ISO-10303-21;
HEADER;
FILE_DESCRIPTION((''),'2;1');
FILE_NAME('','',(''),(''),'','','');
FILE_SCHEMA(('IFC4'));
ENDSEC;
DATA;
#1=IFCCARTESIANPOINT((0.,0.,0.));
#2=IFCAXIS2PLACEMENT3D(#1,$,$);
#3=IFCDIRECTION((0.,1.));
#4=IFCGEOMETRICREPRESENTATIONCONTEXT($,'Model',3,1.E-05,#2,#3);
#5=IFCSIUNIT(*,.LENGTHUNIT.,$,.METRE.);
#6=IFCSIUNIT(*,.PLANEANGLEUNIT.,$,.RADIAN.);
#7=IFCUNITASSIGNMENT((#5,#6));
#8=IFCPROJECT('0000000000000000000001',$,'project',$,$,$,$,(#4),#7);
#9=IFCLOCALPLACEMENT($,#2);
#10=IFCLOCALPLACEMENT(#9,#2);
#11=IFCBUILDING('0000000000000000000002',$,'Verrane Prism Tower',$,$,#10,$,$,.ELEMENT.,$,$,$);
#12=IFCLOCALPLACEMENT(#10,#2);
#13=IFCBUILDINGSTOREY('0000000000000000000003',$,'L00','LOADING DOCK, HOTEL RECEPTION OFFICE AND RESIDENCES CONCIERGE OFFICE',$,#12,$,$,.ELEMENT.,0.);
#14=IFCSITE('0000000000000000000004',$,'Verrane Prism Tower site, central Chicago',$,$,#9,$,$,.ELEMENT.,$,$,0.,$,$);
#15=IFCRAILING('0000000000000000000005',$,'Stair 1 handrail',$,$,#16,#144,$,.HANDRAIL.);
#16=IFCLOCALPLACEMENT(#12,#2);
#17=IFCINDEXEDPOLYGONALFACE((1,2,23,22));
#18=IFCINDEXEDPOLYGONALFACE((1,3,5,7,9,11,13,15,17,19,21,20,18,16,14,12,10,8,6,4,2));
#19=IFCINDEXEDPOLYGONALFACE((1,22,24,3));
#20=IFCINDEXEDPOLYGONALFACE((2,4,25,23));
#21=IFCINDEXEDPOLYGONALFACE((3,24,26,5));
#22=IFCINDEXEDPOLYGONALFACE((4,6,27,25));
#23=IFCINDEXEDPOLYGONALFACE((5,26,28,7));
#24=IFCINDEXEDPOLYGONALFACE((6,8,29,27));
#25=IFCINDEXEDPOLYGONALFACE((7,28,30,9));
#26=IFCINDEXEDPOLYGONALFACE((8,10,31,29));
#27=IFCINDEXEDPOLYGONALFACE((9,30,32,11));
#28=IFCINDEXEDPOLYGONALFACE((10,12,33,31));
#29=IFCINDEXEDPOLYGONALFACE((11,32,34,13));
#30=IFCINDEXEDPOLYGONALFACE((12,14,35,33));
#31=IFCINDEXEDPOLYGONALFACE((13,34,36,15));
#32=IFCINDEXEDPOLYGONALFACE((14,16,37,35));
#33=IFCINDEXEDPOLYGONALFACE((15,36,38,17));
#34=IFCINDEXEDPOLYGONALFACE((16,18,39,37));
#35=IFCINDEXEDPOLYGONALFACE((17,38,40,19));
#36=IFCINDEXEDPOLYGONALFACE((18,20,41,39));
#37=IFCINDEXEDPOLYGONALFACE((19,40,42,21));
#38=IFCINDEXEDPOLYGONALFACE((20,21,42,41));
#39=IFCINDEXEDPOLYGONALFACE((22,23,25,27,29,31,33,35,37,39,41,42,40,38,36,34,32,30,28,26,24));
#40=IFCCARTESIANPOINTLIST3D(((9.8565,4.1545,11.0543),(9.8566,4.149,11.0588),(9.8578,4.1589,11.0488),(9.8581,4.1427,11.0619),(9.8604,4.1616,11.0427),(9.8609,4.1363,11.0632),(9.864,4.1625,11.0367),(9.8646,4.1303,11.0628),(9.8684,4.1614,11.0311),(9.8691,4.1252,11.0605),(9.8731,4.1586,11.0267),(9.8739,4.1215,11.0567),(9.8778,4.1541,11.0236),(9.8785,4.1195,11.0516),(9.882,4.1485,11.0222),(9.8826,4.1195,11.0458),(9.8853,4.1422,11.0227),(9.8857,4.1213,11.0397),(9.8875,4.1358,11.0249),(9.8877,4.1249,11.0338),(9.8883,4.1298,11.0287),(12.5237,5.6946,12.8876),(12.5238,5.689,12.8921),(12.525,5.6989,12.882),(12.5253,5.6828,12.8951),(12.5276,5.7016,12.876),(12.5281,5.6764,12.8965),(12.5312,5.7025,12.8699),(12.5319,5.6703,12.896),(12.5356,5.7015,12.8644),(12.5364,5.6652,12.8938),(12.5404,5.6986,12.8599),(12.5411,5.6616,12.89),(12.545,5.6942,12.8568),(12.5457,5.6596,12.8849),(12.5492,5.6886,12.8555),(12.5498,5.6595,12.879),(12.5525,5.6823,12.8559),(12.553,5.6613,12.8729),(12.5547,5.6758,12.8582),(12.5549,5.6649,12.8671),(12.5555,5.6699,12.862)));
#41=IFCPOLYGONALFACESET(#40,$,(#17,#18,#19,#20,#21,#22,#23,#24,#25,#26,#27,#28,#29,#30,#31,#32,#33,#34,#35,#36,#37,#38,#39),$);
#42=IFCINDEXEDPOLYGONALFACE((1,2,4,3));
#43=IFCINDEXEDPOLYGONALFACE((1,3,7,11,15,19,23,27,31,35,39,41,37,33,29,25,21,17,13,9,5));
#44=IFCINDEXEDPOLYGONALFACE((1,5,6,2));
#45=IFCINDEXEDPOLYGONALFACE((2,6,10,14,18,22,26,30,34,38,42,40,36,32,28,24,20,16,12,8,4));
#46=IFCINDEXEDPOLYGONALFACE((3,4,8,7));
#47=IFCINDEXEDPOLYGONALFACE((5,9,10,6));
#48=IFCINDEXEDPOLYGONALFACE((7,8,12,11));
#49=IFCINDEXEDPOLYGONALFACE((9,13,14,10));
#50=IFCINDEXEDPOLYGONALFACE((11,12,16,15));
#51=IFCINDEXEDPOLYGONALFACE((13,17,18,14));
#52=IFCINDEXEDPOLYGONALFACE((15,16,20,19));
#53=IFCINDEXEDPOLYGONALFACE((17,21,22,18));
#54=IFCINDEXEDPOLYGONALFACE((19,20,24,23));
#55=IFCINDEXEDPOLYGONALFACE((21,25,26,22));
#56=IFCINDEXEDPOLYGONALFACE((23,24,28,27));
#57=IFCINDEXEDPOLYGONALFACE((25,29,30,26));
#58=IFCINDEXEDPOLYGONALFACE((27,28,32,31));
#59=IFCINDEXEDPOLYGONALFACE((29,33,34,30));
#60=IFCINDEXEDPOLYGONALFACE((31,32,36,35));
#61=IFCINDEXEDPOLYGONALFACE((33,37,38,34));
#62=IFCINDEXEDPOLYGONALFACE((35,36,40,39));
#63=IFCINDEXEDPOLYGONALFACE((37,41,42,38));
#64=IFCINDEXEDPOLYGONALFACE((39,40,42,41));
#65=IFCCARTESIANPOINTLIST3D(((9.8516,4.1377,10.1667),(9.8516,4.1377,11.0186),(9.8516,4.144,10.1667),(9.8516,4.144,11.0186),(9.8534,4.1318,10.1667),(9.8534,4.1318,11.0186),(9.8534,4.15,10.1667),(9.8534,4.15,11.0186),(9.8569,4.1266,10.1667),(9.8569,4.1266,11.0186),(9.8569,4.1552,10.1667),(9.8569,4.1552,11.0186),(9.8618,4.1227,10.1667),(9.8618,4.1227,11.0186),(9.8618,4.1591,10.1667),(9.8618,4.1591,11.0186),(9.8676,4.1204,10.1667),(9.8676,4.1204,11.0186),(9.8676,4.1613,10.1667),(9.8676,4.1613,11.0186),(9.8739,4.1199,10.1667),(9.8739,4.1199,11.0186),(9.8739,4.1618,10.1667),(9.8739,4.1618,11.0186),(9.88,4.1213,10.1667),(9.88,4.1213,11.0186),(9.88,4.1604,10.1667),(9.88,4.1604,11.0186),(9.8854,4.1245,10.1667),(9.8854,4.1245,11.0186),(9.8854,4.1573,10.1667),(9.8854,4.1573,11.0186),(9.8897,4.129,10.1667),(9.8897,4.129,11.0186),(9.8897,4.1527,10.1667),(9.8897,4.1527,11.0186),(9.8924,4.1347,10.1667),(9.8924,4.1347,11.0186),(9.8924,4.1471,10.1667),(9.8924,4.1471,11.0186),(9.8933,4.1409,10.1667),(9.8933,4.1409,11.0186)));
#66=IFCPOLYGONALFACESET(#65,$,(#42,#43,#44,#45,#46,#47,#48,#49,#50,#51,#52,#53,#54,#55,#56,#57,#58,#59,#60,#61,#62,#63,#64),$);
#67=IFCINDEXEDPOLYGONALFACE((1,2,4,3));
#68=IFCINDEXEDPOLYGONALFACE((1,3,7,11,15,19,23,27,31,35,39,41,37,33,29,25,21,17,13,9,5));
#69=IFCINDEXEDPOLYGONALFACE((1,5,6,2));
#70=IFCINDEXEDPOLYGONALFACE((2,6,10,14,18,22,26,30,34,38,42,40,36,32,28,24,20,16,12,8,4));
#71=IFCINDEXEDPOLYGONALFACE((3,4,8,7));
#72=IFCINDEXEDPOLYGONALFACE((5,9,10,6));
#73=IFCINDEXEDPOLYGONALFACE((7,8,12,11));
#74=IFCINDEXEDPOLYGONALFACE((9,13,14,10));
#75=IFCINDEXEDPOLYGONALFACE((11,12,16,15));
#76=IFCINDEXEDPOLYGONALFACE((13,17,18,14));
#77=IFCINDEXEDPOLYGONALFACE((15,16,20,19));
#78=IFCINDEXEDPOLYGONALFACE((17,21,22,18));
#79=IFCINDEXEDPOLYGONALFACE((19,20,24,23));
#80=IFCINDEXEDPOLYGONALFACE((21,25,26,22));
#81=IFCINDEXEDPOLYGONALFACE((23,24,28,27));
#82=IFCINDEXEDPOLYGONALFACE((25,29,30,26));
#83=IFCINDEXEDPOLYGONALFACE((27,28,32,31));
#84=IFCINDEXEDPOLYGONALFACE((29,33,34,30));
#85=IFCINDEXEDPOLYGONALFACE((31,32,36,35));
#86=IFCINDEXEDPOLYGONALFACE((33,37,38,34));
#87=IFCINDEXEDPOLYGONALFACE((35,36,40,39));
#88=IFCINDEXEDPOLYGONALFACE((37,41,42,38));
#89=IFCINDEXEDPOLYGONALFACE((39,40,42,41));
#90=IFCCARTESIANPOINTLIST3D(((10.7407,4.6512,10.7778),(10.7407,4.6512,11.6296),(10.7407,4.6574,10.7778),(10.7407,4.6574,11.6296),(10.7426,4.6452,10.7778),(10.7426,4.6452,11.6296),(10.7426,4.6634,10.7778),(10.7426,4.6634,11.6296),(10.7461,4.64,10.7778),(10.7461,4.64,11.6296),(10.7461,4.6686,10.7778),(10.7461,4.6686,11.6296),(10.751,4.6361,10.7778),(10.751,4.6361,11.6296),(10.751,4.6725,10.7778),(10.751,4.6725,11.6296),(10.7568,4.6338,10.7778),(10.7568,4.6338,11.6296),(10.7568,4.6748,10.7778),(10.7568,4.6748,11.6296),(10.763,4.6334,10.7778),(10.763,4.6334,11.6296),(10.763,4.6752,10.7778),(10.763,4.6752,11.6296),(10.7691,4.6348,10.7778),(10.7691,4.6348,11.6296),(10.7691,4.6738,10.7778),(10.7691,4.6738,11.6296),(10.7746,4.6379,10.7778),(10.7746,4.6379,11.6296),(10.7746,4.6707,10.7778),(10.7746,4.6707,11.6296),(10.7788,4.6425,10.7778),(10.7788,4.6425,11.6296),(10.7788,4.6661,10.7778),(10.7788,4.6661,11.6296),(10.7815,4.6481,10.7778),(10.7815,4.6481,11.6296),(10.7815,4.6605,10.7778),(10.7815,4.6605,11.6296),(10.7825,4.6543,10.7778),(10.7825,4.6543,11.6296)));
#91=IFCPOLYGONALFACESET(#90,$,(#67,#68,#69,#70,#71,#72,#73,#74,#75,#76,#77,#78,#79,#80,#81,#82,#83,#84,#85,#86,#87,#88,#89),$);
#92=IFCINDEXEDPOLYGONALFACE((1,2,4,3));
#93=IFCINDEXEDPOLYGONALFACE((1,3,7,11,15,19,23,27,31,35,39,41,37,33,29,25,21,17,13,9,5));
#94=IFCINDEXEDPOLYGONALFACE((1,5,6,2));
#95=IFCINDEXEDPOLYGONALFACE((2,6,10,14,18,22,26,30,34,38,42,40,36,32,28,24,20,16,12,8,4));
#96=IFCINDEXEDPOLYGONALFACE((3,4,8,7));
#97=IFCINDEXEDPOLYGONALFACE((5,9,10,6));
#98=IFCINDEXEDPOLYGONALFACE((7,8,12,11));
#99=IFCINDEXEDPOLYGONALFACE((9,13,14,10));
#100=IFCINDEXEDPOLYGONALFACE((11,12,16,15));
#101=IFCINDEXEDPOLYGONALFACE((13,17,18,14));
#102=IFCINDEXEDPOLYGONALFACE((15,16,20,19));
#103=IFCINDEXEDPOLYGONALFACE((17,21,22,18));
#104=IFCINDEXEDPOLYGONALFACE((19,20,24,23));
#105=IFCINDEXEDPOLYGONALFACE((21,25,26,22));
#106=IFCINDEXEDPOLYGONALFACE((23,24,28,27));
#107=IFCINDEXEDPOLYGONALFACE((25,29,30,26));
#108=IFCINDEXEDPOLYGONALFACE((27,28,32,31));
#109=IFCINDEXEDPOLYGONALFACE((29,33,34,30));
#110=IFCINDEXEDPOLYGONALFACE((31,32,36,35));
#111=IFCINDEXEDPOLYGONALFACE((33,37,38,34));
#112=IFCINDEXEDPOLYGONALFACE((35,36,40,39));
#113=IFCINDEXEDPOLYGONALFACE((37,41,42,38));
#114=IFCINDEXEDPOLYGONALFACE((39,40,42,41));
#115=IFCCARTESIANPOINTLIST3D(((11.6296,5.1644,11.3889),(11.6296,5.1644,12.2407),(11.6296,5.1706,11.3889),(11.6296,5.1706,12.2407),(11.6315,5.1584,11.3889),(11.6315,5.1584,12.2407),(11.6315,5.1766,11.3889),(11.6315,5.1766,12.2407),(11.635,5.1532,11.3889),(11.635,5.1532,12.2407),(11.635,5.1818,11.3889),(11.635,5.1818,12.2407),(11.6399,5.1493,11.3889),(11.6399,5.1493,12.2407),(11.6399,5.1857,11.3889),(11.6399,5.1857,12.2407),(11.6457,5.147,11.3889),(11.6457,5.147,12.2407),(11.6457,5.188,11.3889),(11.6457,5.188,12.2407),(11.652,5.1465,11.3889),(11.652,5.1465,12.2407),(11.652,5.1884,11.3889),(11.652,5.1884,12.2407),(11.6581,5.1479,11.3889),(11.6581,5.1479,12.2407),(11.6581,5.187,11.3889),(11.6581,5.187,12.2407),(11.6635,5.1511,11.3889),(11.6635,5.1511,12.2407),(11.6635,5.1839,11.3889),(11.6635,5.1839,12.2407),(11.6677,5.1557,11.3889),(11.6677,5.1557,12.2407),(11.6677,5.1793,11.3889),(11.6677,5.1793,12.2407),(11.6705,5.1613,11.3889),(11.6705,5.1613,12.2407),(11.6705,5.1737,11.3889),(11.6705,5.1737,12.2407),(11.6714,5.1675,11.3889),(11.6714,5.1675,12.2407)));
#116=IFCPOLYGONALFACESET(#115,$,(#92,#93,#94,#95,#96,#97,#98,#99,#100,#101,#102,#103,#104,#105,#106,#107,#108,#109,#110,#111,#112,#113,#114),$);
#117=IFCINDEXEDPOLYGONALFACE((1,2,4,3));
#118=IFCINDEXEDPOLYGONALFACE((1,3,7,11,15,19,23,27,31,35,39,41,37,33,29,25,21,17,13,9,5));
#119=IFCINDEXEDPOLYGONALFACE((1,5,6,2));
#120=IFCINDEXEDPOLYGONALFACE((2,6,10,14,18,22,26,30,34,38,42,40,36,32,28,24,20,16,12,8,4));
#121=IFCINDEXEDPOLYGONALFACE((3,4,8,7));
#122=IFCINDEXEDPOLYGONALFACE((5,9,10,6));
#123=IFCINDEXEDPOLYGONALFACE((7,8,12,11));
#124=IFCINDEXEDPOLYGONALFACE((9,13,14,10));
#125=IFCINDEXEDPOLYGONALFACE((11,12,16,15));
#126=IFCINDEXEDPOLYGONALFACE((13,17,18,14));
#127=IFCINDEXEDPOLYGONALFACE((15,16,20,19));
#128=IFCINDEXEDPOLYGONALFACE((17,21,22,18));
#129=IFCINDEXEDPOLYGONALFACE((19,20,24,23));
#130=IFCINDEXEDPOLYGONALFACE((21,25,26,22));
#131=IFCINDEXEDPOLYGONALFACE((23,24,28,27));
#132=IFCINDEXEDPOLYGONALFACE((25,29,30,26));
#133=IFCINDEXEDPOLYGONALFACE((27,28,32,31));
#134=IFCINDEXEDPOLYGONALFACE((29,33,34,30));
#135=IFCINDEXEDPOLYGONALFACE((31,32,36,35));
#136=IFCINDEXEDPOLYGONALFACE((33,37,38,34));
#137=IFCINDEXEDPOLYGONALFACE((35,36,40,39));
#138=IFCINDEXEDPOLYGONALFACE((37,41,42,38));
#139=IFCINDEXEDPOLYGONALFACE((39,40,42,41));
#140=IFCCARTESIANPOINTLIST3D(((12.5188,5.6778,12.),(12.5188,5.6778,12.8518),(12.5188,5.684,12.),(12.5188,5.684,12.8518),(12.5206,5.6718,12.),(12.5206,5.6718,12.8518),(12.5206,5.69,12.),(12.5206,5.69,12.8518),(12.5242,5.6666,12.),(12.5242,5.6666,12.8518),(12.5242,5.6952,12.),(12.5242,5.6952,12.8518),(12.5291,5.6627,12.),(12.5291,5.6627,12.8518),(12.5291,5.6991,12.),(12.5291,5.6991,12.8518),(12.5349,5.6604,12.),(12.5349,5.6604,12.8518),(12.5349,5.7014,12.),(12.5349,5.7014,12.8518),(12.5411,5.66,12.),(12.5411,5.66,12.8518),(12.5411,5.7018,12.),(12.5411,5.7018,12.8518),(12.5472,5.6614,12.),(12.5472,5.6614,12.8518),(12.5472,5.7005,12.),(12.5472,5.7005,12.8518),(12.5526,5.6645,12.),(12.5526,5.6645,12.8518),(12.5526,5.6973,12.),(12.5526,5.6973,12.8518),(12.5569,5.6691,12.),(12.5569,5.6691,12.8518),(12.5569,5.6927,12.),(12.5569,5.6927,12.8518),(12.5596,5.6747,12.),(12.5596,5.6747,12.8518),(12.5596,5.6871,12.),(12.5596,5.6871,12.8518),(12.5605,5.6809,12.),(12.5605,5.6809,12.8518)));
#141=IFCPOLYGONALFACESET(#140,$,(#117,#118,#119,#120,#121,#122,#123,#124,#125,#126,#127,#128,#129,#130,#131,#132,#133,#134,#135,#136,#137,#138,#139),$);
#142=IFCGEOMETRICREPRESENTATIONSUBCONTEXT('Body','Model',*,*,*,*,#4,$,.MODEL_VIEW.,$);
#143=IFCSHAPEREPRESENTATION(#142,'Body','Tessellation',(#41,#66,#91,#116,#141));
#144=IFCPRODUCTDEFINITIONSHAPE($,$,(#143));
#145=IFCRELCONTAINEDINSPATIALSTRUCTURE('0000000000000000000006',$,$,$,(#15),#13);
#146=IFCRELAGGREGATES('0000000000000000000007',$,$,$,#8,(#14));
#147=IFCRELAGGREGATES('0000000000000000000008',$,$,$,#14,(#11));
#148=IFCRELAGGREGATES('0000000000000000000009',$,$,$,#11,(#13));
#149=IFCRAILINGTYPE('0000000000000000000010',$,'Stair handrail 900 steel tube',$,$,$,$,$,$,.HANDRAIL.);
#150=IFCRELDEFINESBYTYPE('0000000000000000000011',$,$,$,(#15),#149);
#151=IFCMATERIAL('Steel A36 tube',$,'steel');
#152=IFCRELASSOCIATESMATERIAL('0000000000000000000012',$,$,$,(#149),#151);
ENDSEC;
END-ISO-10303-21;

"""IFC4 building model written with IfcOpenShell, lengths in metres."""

from ifc_helpers import new_model, si_unit, direction, frame, origin, origin_2d, place, context, subcontext, project, spatial, circle, extrude, material, type_object, element, save


model = new_model("IFC4")

# Units and contexts
model_context = context("Model", 3, precision=1e-05, world=origin(), true_north=direction((0.0, 1.0)))
body_context = subcontext(model_context, "Body", "Model", "MODEL_VIEW")
ifc_project = project(units=[si_unit("LENGTHUNIT", "METRE"), si_unit("PLANEANGLEUNIT", "RADIAN")], contexts=[model_context])

# Site, building, storey
site_placement = place(None, origin())
site = spatial("IfcSite", under=ifc_project, at=site_placement, Name="Verrane Prism Tower site, central Chicago", CompositionType="ELEMENT", RefElevation=0.0)
building_placement = place(site_placement, origin())
building = spatial("IfcBuilding", under=site, at=building_placement, Name="Verrane Prism Tower", CompositionType="ELEMENT")
storey_placement = place(building_placement, origin())
storey = spatial("IfcBuildingStorey", under=building, at=storey_placement, Name="L00", Description="LOADING DOCK, HOTEL RECEPTION OFFICE AND RESIDENCES CONCIERGE OFFICE", CompositionType="ELEMENT", Elevation=0.0)

# Railing
ifc_material_1 = material(Name="Steel A36 tube", Category="steel")
railing_type = type_object("IfcRailingType", Name="Stair handrail 900 steel tube", PredefinedType="HANDRAIL", material=ifc_material_1)
for number, where, name in (
    (1, (9.8723, 4.1409, 10.1667), "Stair 1 handrail"),
):
    element("IfcRailing", number, at=place(storey_placement, frame(where)), inside=storey, type_object=railing_type, Name=name, PredefinedType="HANDRAIL", context=body_context, shape_type="SweptSolid", body=[
        extrude(circle(Radius=0.0239, at=origin_2d()), frame((0.0, 0.0, 0.876), z_axis=(0.744159, 0.429671, 0.511478), x_axis=(-0.500027, 0.86601, 0.0)), (0.0, 0.0, 1.0), 3.5842),
        extrude(circle(Radius=0.021, at=origin_2d()), origin(), (0.0, 0.0, 1.0), 0.8518),
        extrude(circle(Radius=0.021, at=origin_2d()), frame((0.8892, 0.5134, 0.6111)), (0.0, 0.0, 1.0), 0.8518),
        extrude(circle(Radius=0.021, at=origin_2d()), frame((1.7781, 1.0266, 1.2222)), (0.0, 0.0, 1.0), 0.8518),
        extrude(circle(Radius=0.021, at=origin_2d()), frame((2.6672, 1.54, 1.8333)), (0.0, 0.0, 1.0), 0.8518),
    ])

save(model, "model.ifc")
